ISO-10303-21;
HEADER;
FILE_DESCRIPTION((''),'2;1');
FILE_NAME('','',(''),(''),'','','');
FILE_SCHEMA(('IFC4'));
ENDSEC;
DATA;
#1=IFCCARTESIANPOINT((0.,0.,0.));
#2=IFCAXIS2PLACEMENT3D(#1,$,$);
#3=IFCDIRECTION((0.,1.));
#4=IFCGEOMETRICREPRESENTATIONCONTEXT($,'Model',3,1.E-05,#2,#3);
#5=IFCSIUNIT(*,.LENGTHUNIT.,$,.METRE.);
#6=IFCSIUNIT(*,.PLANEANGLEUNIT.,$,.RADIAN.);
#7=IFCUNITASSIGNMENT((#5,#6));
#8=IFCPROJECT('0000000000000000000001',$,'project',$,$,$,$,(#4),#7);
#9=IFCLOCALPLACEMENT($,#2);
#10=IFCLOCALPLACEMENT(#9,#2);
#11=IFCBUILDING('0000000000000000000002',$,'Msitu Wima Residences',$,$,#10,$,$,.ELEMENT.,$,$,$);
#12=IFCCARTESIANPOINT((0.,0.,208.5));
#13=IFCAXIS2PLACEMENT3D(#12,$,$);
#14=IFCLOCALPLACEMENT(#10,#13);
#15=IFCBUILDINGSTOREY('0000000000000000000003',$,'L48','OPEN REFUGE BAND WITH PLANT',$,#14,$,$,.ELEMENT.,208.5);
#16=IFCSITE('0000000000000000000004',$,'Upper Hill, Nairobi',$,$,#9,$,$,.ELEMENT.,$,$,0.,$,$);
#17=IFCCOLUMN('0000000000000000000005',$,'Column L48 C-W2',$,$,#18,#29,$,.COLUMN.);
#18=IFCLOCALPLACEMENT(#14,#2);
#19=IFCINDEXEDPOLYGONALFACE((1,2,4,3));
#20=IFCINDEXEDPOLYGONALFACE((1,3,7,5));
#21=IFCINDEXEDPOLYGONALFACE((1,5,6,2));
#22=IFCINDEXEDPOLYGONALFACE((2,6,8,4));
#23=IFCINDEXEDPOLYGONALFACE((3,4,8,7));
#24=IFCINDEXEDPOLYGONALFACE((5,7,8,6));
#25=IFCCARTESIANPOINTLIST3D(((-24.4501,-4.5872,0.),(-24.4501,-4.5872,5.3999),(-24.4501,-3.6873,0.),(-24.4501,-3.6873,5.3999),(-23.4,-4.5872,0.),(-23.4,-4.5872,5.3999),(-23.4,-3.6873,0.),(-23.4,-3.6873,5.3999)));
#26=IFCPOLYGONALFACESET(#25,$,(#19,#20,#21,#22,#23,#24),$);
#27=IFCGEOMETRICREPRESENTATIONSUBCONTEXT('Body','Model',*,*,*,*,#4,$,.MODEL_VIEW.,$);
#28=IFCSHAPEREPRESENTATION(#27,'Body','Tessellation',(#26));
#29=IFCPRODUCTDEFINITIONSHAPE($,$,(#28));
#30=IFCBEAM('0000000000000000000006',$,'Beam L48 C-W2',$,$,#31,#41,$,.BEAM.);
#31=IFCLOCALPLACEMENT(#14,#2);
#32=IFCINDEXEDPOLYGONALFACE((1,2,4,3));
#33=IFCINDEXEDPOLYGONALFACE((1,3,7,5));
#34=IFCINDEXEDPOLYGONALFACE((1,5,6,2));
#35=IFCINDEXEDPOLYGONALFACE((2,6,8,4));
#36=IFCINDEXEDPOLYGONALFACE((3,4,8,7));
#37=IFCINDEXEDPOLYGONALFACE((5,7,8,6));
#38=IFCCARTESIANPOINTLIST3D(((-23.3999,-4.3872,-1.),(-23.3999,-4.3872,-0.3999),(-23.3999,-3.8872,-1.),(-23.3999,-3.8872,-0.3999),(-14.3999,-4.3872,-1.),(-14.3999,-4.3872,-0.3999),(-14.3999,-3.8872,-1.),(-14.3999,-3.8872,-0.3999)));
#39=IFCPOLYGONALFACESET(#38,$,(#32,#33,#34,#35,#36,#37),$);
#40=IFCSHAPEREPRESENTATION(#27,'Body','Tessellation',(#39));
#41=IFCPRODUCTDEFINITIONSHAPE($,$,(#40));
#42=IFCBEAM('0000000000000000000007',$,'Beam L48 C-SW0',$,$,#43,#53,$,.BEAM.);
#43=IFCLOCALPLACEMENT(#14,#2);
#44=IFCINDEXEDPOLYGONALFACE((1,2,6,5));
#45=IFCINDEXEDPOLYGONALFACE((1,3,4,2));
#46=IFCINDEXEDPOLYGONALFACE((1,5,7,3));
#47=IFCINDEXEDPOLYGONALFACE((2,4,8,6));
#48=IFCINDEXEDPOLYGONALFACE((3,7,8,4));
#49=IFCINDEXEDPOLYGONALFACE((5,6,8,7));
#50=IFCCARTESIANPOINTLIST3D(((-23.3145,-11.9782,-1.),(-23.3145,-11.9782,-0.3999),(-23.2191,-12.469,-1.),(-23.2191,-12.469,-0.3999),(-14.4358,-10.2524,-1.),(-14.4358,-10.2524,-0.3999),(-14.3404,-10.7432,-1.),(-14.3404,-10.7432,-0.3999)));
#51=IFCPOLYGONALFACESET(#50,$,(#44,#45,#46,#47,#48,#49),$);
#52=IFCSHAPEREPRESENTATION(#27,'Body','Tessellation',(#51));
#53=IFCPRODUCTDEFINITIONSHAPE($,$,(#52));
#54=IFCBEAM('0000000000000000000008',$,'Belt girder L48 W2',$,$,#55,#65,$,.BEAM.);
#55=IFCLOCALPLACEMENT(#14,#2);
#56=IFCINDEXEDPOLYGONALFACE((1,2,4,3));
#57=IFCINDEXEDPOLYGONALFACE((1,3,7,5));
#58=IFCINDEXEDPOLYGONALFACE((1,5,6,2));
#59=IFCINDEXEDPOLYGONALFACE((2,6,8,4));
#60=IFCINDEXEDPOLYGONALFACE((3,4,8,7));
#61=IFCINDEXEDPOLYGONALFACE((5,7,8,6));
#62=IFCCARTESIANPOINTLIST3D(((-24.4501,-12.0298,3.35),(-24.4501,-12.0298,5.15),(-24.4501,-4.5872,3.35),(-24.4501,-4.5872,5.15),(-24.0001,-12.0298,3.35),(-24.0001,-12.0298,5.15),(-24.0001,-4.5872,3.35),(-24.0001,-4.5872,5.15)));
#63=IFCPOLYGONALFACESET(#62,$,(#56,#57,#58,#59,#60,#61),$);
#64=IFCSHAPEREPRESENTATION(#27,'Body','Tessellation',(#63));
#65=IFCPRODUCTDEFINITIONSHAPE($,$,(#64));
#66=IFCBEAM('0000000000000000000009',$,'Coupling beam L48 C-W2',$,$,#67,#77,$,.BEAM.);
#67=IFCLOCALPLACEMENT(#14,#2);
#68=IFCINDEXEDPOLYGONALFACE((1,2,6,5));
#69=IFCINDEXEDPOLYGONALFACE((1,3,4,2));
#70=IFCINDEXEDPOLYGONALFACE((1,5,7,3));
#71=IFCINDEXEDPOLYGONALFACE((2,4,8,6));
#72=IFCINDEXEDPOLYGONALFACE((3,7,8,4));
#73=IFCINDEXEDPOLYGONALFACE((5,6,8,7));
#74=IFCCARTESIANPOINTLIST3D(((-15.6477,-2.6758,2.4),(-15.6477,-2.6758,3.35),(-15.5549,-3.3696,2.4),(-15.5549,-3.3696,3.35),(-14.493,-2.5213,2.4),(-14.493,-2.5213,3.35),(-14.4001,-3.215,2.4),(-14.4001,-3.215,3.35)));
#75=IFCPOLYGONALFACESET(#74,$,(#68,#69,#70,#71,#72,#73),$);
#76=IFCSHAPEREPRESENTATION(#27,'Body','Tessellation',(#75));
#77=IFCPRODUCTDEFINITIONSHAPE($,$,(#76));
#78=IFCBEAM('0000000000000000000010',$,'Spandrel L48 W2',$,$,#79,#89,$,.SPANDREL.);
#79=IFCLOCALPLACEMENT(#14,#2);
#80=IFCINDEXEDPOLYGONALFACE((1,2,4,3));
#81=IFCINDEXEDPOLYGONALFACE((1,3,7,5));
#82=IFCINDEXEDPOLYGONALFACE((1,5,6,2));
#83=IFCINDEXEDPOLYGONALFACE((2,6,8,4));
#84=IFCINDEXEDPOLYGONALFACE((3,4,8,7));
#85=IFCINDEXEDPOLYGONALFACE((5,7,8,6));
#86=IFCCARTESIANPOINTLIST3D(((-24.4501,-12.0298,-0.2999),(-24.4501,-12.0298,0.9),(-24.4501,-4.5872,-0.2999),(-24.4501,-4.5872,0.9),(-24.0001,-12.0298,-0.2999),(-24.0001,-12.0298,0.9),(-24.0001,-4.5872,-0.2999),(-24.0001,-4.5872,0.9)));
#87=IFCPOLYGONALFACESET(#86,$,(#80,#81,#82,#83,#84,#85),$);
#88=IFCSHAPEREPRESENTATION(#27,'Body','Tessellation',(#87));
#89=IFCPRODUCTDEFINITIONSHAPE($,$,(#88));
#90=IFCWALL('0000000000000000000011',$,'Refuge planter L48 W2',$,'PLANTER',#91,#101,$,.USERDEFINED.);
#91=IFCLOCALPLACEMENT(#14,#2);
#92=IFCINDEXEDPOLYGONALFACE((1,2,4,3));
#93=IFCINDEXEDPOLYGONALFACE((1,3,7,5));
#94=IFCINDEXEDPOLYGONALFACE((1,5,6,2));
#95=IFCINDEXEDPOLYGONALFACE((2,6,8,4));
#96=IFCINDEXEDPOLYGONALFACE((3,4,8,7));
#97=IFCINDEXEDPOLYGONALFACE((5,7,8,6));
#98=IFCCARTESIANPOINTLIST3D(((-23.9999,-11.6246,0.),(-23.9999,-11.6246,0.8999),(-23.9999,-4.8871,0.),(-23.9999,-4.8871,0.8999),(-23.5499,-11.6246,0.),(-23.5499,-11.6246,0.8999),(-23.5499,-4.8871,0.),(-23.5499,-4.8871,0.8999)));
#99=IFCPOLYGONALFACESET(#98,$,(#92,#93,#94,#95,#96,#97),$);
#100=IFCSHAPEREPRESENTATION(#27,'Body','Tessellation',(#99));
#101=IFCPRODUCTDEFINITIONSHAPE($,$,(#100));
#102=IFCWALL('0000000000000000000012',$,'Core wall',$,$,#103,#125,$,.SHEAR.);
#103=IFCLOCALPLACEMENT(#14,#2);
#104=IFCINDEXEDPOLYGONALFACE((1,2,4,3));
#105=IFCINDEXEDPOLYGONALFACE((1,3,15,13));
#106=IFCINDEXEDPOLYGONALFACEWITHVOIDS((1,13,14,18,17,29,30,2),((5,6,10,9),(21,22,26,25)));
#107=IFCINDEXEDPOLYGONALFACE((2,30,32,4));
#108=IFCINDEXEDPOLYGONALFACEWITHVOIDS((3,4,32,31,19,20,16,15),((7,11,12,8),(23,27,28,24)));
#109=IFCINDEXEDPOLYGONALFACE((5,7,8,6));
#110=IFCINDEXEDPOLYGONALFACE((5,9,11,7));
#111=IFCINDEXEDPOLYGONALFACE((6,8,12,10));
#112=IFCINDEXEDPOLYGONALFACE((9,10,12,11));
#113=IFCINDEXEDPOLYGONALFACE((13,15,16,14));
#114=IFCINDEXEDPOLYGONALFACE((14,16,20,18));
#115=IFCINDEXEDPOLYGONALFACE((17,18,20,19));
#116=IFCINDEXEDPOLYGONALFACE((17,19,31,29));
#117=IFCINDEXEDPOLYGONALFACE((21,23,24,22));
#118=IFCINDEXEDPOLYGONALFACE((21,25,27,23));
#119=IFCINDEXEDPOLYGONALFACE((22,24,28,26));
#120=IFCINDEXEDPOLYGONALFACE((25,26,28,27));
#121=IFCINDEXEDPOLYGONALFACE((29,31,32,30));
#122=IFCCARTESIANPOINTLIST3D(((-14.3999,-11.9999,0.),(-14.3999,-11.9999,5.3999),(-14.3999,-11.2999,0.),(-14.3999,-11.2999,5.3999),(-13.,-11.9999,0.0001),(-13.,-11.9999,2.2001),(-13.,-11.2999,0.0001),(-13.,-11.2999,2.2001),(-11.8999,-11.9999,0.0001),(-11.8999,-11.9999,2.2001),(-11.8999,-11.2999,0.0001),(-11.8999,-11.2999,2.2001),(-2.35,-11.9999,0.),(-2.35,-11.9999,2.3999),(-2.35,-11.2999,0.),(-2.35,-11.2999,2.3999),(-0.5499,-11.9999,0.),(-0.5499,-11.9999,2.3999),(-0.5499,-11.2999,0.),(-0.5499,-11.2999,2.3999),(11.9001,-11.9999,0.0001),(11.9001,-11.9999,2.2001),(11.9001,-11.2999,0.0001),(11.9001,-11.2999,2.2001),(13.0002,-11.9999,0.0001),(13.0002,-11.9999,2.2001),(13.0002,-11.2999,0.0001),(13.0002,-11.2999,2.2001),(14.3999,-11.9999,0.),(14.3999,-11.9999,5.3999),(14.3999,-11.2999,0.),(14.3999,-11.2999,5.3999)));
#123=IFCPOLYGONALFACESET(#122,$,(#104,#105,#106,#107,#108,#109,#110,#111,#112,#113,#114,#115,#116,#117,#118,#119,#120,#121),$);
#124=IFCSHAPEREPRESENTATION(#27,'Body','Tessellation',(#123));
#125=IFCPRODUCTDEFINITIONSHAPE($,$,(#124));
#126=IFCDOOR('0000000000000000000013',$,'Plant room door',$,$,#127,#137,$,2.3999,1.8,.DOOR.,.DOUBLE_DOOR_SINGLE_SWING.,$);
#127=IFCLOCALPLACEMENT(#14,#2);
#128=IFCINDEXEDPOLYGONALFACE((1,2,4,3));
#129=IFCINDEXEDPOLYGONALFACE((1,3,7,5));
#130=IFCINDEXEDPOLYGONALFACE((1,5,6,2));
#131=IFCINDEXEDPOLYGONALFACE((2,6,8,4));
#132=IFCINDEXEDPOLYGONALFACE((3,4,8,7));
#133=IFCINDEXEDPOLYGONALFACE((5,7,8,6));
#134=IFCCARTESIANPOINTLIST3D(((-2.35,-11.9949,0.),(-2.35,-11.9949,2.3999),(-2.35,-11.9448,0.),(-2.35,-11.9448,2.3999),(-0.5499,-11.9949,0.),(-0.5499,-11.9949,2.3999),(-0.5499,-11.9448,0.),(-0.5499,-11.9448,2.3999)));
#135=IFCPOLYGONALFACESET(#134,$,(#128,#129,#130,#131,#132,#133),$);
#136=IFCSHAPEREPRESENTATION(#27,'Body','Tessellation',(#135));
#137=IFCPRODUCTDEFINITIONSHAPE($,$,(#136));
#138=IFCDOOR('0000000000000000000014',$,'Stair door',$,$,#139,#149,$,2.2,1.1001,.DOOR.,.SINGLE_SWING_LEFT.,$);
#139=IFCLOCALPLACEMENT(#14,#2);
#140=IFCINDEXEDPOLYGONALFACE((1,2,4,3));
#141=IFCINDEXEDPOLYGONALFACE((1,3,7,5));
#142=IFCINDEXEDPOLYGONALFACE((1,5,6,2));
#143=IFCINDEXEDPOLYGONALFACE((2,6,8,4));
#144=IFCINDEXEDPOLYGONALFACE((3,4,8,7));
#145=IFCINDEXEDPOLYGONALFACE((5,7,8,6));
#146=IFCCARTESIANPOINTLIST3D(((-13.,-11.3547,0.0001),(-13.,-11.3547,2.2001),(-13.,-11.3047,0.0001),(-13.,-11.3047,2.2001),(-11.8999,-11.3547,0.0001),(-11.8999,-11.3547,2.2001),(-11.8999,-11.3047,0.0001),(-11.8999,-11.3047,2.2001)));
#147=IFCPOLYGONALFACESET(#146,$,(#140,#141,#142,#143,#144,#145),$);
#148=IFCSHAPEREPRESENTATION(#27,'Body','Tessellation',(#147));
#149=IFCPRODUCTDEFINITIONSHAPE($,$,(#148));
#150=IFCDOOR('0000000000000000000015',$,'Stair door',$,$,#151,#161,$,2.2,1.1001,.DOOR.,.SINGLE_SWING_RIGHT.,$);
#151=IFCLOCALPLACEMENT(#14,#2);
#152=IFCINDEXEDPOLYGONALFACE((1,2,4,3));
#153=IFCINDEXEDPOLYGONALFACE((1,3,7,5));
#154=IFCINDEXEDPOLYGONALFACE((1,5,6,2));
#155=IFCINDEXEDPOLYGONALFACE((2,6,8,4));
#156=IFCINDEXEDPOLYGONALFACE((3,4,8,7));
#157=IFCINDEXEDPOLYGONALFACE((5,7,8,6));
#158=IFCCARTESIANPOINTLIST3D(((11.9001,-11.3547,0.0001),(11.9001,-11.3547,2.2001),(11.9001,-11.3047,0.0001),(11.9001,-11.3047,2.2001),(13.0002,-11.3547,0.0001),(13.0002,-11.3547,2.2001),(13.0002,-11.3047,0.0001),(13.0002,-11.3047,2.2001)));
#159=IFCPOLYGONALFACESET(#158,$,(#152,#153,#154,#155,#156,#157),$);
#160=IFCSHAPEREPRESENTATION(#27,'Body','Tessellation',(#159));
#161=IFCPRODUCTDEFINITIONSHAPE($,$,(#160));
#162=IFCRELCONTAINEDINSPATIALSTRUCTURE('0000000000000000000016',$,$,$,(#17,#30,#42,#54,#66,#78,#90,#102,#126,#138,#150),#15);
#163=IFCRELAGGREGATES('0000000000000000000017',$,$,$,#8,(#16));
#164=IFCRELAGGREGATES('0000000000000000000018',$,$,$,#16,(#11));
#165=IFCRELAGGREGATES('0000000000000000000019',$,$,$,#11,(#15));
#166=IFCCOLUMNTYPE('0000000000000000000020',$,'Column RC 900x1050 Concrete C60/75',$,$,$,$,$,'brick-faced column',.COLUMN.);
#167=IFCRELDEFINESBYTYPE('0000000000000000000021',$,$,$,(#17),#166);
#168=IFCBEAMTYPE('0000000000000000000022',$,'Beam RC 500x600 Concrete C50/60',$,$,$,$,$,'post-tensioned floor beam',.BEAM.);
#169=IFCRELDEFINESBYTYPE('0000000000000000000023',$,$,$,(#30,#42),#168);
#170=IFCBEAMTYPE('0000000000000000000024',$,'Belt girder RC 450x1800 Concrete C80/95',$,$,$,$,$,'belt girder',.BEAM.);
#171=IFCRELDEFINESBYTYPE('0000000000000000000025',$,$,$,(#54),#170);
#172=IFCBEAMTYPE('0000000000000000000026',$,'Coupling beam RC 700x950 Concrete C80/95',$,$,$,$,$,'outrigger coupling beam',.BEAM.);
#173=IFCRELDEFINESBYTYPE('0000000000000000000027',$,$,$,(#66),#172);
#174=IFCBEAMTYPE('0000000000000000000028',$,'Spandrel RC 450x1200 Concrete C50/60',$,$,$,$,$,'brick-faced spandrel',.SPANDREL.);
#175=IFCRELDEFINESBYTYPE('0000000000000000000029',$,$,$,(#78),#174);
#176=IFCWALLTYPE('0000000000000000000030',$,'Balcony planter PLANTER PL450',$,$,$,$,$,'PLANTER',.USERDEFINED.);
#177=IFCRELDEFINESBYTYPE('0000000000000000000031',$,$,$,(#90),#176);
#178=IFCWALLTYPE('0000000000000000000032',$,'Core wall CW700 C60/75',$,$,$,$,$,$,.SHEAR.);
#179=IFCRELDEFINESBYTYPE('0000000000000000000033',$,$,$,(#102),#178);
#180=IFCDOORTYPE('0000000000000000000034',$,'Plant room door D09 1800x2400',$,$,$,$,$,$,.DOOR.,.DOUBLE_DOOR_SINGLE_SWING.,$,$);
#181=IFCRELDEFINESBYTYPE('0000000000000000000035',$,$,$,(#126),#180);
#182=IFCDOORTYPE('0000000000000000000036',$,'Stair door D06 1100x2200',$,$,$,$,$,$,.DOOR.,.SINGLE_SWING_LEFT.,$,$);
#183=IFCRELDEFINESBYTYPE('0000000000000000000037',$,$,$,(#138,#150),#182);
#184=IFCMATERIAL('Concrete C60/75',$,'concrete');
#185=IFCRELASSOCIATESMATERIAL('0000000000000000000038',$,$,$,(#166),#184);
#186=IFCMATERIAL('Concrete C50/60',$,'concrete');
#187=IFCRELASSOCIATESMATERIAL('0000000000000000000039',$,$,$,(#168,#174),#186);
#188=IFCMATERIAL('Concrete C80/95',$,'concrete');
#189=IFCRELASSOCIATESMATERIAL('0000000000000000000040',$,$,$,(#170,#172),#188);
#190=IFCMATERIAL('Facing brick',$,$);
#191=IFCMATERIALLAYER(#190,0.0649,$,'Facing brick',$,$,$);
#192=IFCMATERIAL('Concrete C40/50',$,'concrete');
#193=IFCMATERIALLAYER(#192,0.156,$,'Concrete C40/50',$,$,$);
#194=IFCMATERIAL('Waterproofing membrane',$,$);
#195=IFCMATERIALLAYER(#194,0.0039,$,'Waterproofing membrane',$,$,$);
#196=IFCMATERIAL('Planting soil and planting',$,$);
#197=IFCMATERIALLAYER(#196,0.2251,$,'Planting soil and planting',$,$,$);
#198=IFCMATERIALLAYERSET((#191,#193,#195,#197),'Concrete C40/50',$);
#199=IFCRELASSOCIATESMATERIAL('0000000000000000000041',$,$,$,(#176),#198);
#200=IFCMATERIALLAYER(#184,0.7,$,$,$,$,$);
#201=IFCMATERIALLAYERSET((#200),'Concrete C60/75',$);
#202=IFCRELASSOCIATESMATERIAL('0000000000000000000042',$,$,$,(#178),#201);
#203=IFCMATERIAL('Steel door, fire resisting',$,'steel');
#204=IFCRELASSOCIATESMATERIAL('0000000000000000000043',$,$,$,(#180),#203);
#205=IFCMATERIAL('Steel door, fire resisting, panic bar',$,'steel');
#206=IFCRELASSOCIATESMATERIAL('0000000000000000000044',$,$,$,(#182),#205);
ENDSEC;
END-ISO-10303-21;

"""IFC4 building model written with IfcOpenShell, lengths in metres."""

from ifc_helpers import new_model, si_unit, direction, frame, frame_2d, origin, origin_2d, place, context, subcontext, project, spatial, rectangle, extrude, material, layer, layer_set, material_profile, profile_set, type_object, element, fill, save


model = new_model("IFC4")

# Units and contexts
model_context = context("Model", 3, precision=1e-05, world=origin(), true_north=direction((0.0, 1.0)))
body_context = subcontext(model_context, "Body", "Model", "MODEL_VIEW")
ifc_project = project(units=[si_unit("LENGTHUNIT", "METRE"), si_unit("PLANEANGLEUNIT", "RADIAN")], contexts=[model_context])

# Site, building, storey
site_placement = place(None, origin())
site = spatial("IfcSite", under=ifc_project, at=site_placement, Name="Upper Hill, Nairobi", CompositionType="ELEMENT", RefElevation=0.0)
building_placement = place(site_placement, origin())
building = spatial("IfcBuilding", under=site, at=building_placement, Name="Msitu Wima Residences", CompositionType="ELEMENT")
storey_placement = place(building_placement, frame((0.0, 0.0, 208.5)))
storey = spatial("IfcBuildingStorey", under=building, at=storey_placement, Name="L48", Description="OPEN REFUGE BAND WITH PLANT", CompositionType="ELEMENT", Elevation=208.5)

# Column
ifc_material_1 = material(Name="Concrete C60/75", Category="concrete")
ifc_material_profile_1 = material_profile(ifc_material_1, rectangle(XDim=0.8999, YDim=1.05, at=origin_2d()), Name="RC 900x1050")
ifc_profile_set_1 = profile_set([ifc_material_profile_1], Name="Concrete C60/75")
column_type = type_object("IfcColumnType", Name="Column RC 900x1050 Concrete C60/75", ElementType="brick-faced column", PredefinedType="COLUMN", material=ifc_profile_set_1)
column_placement = place(storey_placement, frame((-23.925, -4.1372, 0.0), z_axis=(0.0, 0.0, 1.0), x_axis=(0.0, -1.0, 0.0)))
element("IfcColumn", 1, at=column_placement, inside=storey, type_object=column_type, Name="Column L48 C-W2", PredefinedType="COLUMN", context=body_context, shape_type="SweptSolid", body=[
    extrude(rectangle(XDim=0.8999, YDim=1.05, at=origin_2d()), origin(), (0.0, 0.0, 1.0), 5.3999),
])

# Beams
ifc_material_2 = material(Name="Concrete C50/60", Category="concrete")
ifc_material_profile_2 = material_profile(ifc_material_2, rectangle(XDim=0.5, YDim=0.6001, at=origin_2d()), Name="RC 500x600")
ifc_profile_set_2 = profile_set([ifc_material_profile_2], Name="Concrete C50/60")
beam_type_1 = type_object("IfcBeamType", Name="Beam RC 500x600 Concrete C50/60", ElementType="post-tensioned floor beam", PredefinedType="BEAM", material=ifc_profile_set_2)
beam_1_placement = place(storey_placement, frame((-23.3999, -4.1372, -0.7), z_axis=(1.0, 0.0, 0.0), x_axis=(0.0, 1.0, 0.0)))
element("IfcBeam", 2, at=beam_1_placement, inside=storey, type_object=beam_type_1, Name="Beam L48 C-W2", PredefinedType="BEAM", context=body_context, shape_type="SweptSolid", body=[
    extrude(rectangle(XDim=0.5, YDim=0.6001, at=origin_2d()), origin(), (0.0, 0.0, 1.0), 9.0),
])
beam_2_placement = place(storey_placement, frame((-23.2668, -12.2236, -0.7), z_axis=(0.981627, 0.190808, 0.0), x_axis=(-0.190808, 0.981627, 0.0)))
element("IfcBeam", 3, at=beam_2_placement, inside=storey, type_object=beam_type_1, Name="Beam L48 C-SW0", PredefinedType="BEAM", context=body_context, shape_type="SweptSolid", body=[
    extrude(rectangle(XDim=0.5, YDim=0.6001, at=origin_2d()), origin(), (0.0, 0.0, 1.0), 9.0449),
])
ifc_material_3 = material(Name="Concrete C80/95", Category="concrete")
ifc_material_profile_3 = material_profile(ifc_material_3, rectangle(XDim=0.45, YDim=1.8, at=origin_2d()), Name="RC 450x1800")
ifc_profile_set_3 = profile_set([ifc_material_profile_3], Name="Concrete C80/95")
beam_type_2 = type_object("IfcBeamType", Name="Belt girder RC 450x1800 Concrete C80/95", ElementType="belt girder", PredefinedType="BEAM", material=ifc_profile_set_3)
beam_3_placement = place(storey_placement, frame((-24.2251, -4.5872, 4.25), z_axis=(0.0, -1.0, 0.0), x_axis=(1.0, 0.0, 0.0)))
element("IfcBeam", 4, at=beam_3_placement, inside=storey, type_object=beam_type_2, Name="Belt girder L48 W2", PredefinedType="BEAM", context=body_context, shape_type="SweptSolid", body=[
    extrude(rectangle(XDim=0.45, YDim=1.8, at=origin_2d()), origin(), (0.0, 0.0, 1.0), 7.4426),
])
ifc_material_profile_4 = material_profile(ifc_material_3, rectangle(XDim=0.7, YDim=0.95, at=origin_2d()), Name="RC 700x950")
ifc_profile_set_4 = profile_set([ifc_material_profile_4], Name="Concrete C80/95")
beam_type_3 = type_object("IfcBeamType", Name="Coupling beam RC 700x950 Concrete C80/95", ElementType="outrigger coupling beam", PredefinedType="BEAM", material=ifc_profile_set_4)
beam_4_placement = place(storey_placement, frame((-14.4465, -2.8682, 2.875), z_axis=(-0.991164, -0.132644, 0.0), x_axis=(0.132644, -0.991164, 0.0)))
element("IfcBeam", 5, at=beam_4_placement, inside=storey, type_object=beam_type_3, Name="Coupling beam L48 C-W2", PredefinedType="BEAM", context=body_context, shape_type="SweptSolid", body=[
    extrude(rectangle(XDim=0.7, YDim=0.95, at=origin_2d()), origin(), (0.0, 0.0, 1.0), 1.165),
])
ifc_material_profile_5 = material_profile(ifc_material_2, rectangle(XDim=0.45, YDim=1.2, at=origin_2d()), Name="RC 450x1200")
ifc_profile_set_5 = profile_set([ifc_material_profile_5], Name="Concrete C50/60")
beam_type_4 = type_object("IfcBeamType", Name="Spandrel RC 450x1200 Concrete C50/60", ElementType="brick-faced spandrel", PredefinedType="SPANDREL", material=ifc_profile_set_5)
beam_5_placement = place(storey_placement, frame((-24.2251, -4.5872, 0.3), z_axis=(0.0, -1.0, 0.0), x_axis=(1.0, 0.0, 0.0)))
element("IfcBeam", 6, at=beam_5_placement, inside=storey, type_object=beam_type_4, Name="Spandrel L48 W2", PredefinedType="SPANDREL", context=body_context, shape_type="SweptSolid", body=[
    extrude(rectangle(XDim=0.45, YDim=1.2, at=origin_2d()), origin(), (0.0, 0.0, 1.0), 7.4426),
])

# Wall
ifc_material_4 = material(Name="Facing brick")
ifc_layer_1 = layer(ifc_material_4, 0.0649, Name="Facing brick")
ifc_material_5 = material(Name="Concrete C40/50", Category="concrete")
ifc_layer_2 = layer(ifc_material_5, 0.156, Name="Concrete C40/50")
ifc_material_6 = material(Name="Waterproofing membrane")
ifc_layer_3 = layer(ifc_material_6, 0.0039, Name="Waterproofing membrane")
ifc_material_7 = material(Name="Planting soil and planting")
ifc_layer_4 = layer(ifc_material_7, 0.2251, Name="Planting soil and planting")
ifc_layer_set_1 = layer_set([ifc_layer_1, ifc_layer_2, ifc_layer_3, ifc_layer_4], Name="Concrete C40/50")
wall_type_1 = type_object("IfcWallType", Name="Balcony planter PLANTER PL450", ElementType="PLANTER", PredefinedType="USERDEFINED", material=ifc_layer_set_1)
wall_1_placement = place(storey_placement, frame((-23.7749, -4.8872, 0.0), z_axis=(0.0, 0.0, 1.0), x_axis=(0.0, -1.0, 0.0)))
element("IfcWall", 7, at=wall_1_placement, inside=storey, type_object=wall_type_1, Name="Refuge planter L48 W2", ObjectType="PLANTER", PredefinedType="USERDEFINED", context=body_context, shape_type="SweptSolid", body=[
    extrude(rectangle(XDim=6.7375, YDim=0.45, at=frame_2d((3.3687, 0.0))), origin(), (0.0, 0.0, 1.0), 0.8999),
])

# Wall, openings, doors
ifc_layer_5 = layer(ifc_material_1, 0.7)
ifc_layer_set_2 = layer_set([ifc_layer_5], Name="Concrete C60/75")
wall_type_2 = type_object("IfcWallType", Name="Core wall CW700 C60/75", PredefinedType="SHEAR", material=ifc_layer_set_2)
wall_2_placement = place(storey_placement, frame((-14.3999, -11.6499, 0.0), z_axis=(0.0, 0.0, 1.0), x_axis=(1.0, 0.0, 0.0)))
wall_2 = element("IfcWall", 8, at=wall_2_placement, inside=storey, type_object=wall_type_2, Name="Core wall", PredefinedType="SHEAR", context=body_context, shape_type="SweptSolid", body=[
    extrude(rectangle(XDim=28.7998, YDim=0.7, at=frame_2d((14.3999, 0.0))), origin(), (0.0, 0.0, 1.0), 5.3999),
])
opening_1_placement = place(wall_2_placement, frame((1.3999, 0.0, 0.0)))
opening_1 = element("IfcOpeningElement", 9, at=opening_1_placement, cuts=wall_2, PredefinedType="OPENING", context=body_context, shape_type="SweptSolid", body=[
    extrude(rectangle(XDim=1.1001, YDim=2.2, at=frame_2d((0.55, 1.1001))), frame((0.0, 0.3599, 0.0), z_axis=(0.0, -1.0, 0.0), x_axis=(1.0, 0.0, 0.0)), (0.0, 0.0, 1.0), 0.72),
])
opening_2_placement = place(wall_2_placement, frame((26.3, 0.0, 0.0)))
opening_2 = element("IfcOpeningElement", 10, at=opening_2_placement, cuts=wall_2, PredefinedType="OPENING", context=body_context, shape_type="SweptSolid", body=[
    extrude(rectangle(XDim=1.1001, YDim=2.2, at=frame_2d((0.55, 1.1001))), frame((0.0, 0.3599, 0.0), z_axis=(0.0, -1.0, 0.0), x_axis=(1.0, 0.0, 0.0)), (0.0, 0.0, 1.0), 0.72),
])
opening_3_placement = place(wall_2_placement, frame((12.05, 0.0, 0.0)))
opening_3 = element("IfcOpeningElement", 11, at=opening_3_placement, cuts=wall_2, PredefinedType="OPENING", context=body_context, shape_type="SweptSolid", body=[
    extrude(rectangle(XDim=1.8, YDim=2.3999, at=frame_2d((0.8999, 1.2))), frame((0.0, 0.3599, 0.0), z_axis=(0.0, -1.0, 0.0), x_axis=(1.0, 0.0, 0.0)), (0.0, 0.0, 1.0), 0.72),
])
ifc_material_8 = material(Name="Steel door, fire resisting", Category="steel")
door_type_1 = type_object("IfcDoorType", Name="Plant room door D09 1800x2400", OperationType="DOUBLE_DOOR_SINGLE_SWING", PredefinedType="DOOR", material=ifc_material_8)
door_1_placement = place(opening_3_placement, origin())
door_1 = element("IfcDoor", 12, at=door_1_placement, inside=storey, type_object=door_type_1, Name="Plant room door", OperationType="DOUBLE_DOOR_SINGLE_SWING", OverallHeight=2.3999, OverallWidth=1.8, PredefinedType="DOOR", context=body_context, shape_type="SweptSolid", body=[
    extrude(rectangle(XDim=1.8, YDim=2.3999, at=frame_2d((0.8999, 1.2))), frame((0.0, -0.2949, 0.0), z_axis=(0.0, -1.0, 0.0), x_axis=(1.0, 0.0, 0.0)), (0.0, 0.0, 1.0), 0.05),
])
fill(opening_3, door_1)
ifc_material_9 = material(Name="Steel door, fire resisting, panic bar", Category="steel")
door_type_2 = type_object("IfcDoorType", Name="Stair door D06 1100x2200", OperationType="SINGLE_SWING_LEFT", PredefinedType="DOOR", material=ifc_material_9)
door_2_placement = place(opening_1_placement, origin())
door_2 = element("IfcDoor", 13, at=door_2_placement, inside=storey, type_object=door_type_2, Name="Stair door", OperationType="SINGLE_SWING_LEFT", OverallHeight=2.2, OverallWidth=1.1001, PredefinedType="DOOR", context=body_context, shape_type="SweptSolid", body=[
    extrude(rectangle(XDim=1.1001, YDim=2.2, at=frame_2d((0.55, 1.1001))), frame((0.0, 0.3452, 0.0), z_axis=(0.0, -1.0, 0.0), x_axis=(1.0, 0.0, 0.0)), (0.0, 0.0, 1.0), 0.05),
])
fill(opening_1, door_2)
door_3_placement = place(opening_2_placement, origin())
door_3 = element("IfcDoor", 14, at=door_3_placement, inside=storey, type_object=door_type_2, Name="Stair door", OperationType="SINGLE_SWING_RIGHT", OverallHeight=2.2, OverallWidth=1.1001, PredefinedType="DOOR", context=body_context, shape_type="SweptSolid", body=[
    extrude(rectangle(XDim=1.1001, YDim=2.2, at=frame_2d((0.55, 1.1001))), frame((0.0, 0.3452, 0.0), z_axis=(0.0, -1.0, 0.0), x_axis=(1.0, 0.0, 0.0)), (0.0, 0.0, 1.0), 0.05),
])
fill(opening_2, door_3)

save(model, "model.ifc")
